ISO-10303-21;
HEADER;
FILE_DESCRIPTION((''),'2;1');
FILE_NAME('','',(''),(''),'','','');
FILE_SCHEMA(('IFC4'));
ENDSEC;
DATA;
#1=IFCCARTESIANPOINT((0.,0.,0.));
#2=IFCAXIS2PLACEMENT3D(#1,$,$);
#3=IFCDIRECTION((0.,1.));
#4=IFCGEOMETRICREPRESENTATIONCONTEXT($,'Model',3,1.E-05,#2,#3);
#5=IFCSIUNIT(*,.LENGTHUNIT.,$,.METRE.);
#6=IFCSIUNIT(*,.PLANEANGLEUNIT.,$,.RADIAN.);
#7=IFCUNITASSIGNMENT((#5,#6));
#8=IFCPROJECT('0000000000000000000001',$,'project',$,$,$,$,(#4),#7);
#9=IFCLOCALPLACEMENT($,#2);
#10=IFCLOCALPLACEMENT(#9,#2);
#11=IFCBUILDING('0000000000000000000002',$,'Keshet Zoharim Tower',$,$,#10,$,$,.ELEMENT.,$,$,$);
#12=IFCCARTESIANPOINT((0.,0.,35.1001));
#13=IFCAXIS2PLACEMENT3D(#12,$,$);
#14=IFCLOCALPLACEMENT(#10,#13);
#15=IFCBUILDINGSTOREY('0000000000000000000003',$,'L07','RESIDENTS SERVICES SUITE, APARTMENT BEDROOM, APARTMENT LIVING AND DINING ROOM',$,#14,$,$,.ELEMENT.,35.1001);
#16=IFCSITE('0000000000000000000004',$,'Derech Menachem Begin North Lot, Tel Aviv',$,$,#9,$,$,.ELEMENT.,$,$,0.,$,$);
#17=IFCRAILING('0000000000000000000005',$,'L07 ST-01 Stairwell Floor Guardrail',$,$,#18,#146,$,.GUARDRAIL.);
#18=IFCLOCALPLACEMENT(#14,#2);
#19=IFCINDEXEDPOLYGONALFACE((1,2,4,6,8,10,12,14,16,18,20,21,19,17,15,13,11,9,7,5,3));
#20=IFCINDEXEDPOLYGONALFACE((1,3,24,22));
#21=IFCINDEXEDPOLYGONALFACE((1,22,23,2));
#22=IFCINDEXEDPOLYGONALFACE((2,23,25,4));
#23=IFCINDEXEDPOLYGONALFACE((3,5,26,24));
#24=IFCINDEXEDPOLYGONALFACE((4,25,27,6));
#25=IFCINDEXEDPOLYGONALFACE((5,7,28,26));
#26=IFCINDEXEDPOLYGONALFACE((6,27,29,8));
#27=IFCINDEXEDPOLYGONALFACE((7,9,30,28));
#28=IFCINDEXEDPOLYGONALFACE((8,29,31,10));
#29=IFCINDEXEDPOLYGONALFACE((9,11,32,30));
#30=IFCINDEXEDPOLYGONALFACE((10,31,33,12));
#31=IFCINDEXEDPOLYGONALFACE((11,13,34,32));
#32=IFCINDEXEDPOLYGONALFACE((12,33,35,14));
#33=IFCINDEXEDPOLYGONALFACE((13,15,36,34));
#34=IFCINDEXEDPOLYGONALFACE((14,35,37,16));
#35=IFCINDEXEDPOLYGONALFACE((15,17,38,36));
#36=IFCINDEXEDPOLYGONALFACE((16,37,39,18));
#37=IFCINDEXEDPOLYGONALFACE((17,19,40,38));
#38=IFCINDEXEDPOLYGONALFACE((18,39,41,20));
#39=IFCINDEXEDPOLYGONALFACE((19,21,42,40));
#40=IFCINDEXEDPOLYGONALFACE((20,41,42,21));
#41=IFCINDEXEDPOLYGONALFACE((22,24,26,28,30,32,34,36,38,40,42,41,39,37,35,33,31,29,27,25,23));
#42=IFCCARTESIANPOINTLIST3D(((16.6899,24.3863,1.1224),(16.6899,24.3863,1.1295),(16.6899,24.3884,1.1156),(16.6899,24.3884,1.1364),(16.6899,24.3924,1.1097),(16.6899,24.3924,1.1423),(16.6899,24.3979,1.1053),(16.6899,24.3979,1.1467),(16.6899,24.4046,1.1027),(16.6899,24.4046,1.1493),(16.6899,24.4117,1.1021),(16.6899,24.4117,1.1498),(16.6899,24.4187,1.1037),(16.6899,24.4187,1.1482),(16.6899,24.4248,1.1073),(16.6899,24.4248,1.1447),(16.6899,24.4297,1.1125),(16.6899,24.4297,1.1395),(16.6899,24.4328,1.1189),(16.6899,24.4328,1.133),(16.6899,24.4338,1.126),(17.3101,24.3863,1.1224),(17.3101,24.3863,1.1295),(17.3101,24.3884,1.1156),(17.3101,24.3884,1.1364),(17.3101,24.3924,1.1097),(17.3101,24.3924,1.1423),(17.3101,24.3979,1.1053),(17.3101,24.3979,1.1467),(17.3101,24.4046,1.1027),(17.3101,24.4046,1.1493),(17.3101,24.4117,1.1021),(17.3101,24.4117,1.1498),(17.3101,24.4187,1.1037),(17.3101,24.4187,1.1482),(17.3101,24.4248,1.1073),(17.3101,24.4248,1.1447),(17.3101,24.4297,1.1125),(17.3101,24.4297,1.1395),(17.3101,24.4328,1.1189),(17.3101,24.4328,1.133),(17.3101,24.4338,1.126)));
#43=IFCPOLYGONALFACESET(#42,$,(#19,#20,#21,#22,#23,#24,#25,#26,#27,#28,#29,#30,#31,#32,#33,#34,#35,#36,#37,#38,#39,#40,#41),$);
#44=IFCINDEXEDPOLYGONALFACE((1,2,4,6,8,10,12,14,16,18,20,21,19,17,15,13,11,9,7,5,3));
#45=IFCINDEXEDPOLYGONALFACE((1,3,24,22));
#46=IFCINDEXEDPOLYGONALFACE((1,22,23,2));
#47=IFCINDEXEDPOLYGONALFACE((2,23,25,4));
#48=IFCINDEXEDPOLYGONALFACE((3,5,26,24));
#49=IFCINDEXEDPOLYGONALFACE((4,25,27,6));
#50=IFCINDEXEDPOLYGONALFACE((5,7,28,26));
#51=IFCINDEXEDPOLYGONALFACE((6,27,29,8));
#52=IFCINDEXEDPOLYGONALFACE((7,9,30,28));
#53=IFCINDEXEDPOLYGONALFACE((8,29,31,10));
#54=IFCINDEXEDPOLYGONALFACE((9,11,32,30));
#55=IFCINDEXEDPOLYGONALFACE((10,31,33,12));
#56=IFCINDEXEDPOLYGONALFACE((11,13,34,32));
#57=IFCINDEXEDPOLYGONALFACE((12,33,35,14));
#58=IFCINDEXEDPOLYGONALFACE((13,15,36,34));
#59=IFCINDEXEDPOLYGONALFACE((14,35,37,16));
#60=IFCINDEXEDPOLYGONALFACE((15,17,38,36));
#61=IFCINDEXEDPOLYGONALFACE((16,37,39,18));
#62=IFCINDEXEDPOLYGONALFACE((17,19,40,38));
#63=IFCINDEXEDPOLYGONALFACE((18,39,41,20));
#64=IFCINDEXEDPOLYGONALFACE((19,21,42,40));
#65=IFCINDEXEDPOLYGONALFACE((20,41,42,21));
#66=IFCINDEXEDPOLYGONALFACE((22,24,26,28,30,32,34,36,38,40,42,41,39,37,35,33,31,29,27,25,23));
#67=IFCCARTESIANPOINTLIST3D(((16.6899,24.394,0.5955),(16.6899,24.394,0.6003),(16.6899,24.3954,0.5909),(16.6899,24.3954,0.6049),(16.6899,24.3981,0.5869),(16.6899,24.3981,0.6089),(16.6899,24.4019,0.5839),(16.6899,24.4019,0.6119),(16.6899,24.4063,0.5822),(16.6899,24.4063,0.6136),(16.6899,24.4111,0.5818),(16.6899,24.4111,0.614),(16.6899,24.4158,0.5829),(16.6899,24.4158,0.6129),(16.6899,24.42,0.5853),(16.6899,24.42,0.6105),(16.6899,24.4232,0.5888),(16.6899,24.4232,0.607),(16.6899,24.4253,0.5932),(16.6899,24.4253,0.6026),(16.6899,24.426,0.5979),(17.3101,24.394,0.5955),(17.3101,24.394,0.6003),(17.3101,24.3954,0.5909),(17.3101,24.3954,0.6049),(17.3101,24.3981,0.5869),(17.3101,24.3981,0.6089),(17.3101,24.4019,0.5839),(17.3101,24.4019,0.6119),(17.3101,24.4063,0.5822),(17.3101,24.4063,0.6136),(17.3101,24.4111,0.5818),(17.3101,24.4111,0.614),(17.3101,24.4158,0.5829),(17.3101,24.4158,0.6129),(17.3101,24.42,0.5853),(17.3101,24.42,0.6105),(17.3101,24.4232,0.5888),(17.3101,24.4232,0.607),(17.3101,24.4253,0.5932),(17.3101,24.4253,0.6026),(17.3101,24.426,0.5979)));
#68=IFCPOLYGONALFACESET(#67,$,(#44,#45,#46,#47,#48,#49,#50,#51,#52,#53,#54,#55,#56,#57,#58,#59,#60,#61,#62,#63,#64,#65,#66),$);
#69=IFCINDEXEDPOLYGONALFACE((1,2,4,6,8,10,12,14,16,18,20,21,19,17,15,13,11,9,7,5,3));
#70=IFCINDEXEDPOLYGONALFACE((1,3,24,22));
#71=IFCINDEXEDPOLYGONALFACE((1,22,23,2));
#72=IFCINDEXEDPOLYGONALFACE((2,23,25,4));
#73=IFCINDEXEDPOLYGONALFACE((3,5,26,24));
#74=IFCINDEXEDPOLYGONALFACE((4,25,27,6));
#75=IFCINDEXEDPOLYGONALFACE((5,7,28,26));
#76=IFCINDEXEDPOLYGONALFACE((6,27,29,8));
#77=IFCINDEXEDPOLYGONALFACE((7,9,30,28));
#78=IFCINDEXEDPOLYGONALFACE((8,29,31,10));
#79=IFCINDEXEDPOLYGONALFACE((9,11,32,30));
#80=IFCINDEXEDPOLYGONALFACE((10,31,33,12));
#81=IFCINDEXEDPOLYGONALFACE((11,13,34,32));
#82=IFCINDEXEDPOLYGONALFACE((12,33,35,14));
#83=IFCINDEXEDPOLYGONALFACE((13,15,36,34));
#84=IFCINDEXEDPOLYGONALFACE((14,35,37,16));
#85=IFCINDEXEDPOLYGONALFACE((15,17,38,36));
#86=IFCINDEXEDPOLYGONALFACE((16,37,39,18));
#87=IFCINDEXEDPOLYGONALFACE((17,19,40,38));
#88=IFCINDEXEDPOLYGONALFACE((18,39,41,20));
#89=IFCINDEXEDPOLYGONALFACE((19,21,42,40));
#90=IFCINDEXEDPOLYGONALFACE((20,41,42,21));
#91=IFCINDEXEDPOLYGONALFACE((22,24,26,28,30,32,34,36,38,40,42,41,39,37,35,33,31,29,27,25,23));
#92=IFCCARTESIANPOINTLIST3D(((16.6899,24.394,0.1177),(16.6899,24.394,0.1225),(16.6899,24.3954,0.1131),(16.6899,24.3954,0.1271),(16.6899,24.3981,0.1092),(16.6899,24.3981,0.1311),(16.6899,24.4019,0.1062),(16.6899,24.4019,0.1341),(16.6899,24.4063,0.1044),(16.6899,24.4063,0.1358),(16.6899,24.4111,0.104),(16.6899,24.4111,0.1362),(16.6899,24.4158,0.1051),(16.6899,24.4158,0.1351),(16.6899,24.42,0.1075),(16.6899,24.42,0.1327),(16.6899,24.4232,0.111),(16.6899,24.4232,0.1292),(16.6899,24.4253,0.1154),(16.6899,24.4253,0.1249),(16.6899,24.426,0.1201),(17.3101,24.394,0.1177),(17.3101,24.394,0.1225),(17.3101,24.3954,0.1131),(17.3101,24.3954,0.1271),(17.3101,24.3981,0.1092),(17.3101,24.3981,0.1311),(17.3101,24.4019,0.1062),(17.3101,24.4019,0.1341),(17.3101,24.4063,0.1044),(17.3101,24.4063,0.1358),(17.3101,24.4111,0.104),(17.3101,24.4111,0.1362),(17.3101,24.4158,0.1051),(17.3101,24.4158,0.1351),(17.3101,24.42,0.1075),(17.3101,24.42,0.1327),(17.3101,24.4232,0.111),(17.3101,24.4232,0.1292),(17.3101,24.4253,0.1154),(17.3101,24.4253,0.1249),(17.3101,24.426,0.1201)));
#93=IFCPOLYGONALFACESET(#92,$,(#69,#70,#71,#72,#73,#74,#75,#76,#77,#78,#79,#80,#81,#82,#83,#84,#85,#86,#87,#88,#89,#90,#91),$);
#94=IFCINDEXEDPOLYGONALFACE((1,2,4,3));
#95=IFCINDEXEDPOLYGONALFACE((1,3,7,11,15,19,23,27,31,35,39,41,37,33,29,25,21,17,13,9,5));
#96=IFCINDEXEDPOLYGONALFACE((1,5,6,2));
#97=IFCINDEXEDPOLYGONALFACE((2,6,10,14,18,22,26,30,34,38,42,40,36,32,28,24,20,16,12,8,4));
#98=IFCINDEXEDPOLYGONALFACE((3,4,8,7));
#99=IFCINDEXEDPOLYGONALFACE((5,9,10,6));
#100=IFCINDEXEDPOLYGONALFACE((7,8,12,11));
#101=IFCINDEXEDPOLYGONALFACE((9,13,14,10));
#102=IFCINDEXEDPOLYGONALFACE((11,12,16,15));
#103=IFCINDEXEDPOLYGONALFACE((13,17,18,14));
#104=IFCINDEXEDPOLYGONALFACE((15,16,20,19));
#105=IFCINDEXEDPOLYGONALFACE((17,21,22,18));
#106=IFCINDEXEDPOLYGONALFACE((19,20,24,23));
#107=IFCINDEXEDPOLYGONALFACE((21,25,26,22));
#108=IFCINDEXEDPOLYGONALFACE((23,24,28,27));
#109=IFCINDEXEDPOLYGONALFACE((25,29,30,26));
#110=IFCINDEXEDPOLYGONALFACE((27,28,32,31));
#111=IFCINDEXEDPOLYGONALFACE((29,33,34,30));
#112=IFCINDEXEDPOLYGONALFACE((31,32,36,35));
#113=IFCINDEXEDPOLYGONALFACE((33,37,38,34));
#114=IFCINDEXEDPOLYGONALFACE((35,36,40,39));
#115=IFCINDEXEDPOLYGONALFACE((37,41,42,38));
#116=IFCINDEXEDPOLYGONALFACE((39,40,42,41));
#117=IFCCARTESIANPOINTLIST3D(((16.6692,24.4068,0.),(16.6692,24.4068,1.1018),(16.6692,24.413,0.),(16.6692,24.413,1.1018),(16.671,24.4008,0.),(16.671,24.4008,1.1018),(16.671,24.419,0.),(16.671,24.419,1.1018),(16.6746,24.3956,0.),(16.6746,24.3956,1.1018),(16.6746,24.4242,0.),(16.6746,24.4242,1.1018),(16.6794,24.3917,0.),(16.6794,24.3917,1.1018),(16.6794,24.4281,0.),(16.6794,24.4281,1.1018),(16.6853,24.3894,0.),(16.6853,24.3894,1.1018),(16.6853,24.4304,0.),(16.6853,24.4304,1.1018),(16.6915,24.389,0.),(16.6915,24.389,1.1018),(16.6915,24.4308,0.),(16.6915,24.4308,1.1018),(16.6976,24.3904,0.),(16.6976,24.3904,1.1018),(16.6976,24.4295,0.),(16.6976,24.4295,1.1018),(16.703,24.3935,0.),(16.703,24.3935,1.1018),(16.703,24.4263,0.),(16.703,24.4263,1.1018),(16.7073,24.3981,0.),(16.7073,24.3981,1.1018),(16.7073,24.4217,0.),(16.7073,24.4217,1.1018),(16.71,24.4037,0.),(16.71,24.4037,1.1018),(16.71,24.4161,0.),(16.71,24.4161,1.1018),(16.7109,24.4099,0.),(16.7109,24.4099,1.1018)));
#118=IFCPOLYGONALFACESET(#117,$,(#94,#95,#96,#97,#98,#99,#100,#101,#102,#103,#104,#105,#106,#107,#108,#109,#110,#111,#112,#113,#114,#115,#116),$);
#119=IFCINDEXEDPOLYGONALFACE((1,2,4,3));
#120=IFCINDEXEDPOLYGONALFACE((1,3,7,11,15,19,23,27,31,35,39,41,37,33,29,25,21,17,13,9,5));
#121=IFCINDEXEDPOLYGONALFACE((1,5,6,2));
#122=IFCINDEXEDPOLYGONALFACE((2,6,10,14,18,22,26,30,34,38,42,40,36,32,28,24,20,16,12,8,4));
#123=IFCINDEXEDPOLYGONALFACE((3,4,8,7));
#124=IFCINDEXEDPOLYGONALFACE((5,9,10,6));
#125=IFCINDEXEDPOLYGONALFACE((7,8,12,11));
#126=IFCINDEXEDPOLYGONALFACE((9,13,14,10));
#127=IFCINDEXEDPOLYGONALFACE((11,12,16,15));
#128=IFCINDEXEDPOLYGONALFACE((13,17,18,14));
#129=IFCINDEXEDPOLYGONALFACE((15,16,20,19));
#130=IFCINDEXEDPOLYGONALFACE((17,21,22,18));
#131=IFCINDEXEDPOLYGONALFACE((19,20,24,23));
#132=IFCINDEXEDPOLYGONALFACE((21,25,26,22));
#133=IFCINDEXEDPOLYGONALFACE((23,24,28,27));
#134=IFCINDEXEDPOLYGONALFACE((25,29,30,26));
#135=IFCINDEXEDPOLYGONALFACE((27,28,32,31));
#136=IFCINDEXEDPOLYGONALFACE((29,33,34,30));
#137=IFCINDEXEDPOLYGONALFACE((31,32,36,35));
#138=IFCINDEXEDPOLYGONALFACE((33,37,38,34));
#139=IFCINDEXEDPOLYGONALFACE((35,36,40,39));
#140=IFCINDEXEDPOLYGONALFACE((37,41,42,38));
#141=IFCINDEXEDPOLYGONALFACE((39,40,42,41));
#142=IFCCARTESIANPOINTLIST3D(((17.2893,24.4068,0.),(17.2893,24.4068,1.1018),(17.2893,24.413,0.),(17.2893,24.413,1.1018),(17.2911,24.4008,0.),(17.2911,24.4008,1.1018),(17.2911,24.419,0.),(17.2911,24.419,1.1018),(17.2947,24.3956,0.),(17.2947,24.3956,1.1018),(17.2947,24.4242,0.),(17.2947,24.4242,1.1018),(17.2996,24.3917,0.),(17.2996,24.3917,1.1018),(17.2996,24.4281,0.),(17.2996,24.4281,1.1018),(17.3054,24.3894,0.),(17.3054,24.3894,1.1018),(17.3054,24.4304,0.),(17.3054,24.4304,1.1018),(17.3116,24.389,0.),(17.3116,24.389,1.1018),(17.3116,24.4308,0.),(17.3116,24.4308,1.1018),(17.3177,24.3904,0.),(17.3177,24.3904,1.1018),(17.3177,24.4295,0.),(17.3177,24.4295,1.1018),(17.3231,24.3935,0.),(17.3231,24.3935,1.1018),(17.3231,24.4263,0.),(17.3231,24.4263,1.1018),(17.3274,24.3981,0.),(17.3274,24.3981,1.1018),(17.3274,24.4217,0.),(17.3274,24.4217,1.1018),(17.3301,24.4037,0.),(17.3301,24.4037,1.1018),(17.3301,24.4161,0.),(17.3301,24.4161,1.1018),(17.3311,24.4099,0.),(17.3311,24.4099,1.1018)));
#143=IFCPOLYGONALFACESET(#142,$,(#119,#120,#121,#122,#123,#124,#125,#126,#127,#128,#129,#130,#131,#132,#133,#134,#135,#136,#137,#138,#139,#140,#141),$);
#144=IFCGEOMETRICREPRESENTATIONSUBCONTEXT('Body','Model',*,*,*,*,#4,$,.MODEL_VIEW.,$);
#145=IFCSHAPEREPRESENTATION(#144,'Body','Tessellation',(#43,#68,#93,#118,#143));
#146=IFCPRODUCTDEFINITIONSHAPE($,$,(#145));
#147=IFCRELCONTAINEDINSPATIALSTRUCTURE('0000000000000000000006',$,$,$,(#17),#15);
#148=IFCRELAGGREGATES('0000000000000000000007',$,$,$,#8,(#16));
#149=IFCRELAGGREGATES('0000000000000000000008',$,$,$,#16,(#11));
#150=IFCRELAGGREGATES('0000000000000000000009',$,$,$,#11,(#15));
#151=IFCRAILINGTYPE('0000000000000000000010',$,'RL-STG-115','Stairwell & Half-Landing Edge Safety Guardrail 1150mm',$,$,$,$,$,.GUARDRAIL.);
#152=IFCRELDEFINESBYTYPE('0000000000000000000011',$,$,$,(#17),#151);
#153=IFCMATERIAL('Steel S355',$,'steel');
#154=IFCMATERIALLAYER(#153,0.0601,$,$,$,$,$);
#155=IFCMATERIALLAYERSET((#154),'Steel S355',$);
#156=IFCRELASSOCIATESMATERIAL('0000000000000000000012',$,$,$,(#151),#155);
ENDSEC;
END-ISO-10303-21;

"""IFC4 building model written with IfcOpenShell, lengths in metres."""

from ifc_helpers import new_model, si_unit, direction, frame, origin, origin_2d, place, context, subcontext, project, spatial, circle, extrude, material, layer, layer_set, type_object, element, save


model = new_model("IFC4")

# Units and contexts
model_context = context("Model", 3, precision=1e-05, world=origin(), true_north=direction((0.0, 1.0)))
body_context = subcontext(model_context, "Body", "Model", "MODEL_VIEW")
ifc_project = project(units=[si_unit("LENGTHUNIT", "METRE"), si_unit("PLANEANGLEUNIT", "RADIAN")], contexts=[model_context])

# Site, building, storey
site_placement = place(None, origin())
site = spatial("IfcSite", under=ifc_project, at=site_placement, Name="Derech Menachem Begin North Lot, Tel Aviv", CompositionType="ELEMENT", RefElevation=0.0)
building_placement = place(site_placement, origin())
building = spatial("IfcBuilding", under=site, at=building_placement, Name="Keshet Zoharim Tower", CompositionType="ELEMENT")
storey_placement = place(building_placement, frame((0.0, 0.0, 35.1001)))
storey = spatial("IfcBuildingStorey", under=building, at=storey_placement, Name="L07", Description="RESIDENTS SERVICES SUITE, APARTMENT BEDROOM, APARTMENT LIVING AND DINING ROOM", CompositionType="ELEMENT", Elevation=35.1001)

# Shared definitions
ifc_material_1 = material(Name="Steel S355", Category="steel")

# Railing
ifc_layer_1 = layer(ifc_material_1, 0.0601)
ifc_layer_set_1 = layer_set([ifc_layer_1], Name="Steel S355")
railing_type_1 = type_object("IfcRailingType", Name="RL-STG-115", Description="Stairwell & Half-Landing Edge Safety Guardrail 1150mm", PredefinedType="GUARDRAIL", material=ifc_layer_set_1)
railing_1_placement = place(storey_placement, frame((16.6899, 24.4099, 0.0)))
element("IfcRailing", 1, at=railing_1_placement, inside=storey, type_object=railing_type_1, Name="L07 ST-01 Stairwell Floor Guardrail", PredefinedType="GUARDRAIL", context=body_context, shape_type="SweptSolid", body=[
    extrude(circle(Radius=0.0239, at=origin_2d()), frame((0.0, 0.0, 1.126), z_axis=(1.0, 0.0, 0.0), x_axis=(0.0, 1.0, 0.0)), (0.0, 0.0, 1.0), 0.6201),
    extrude(circle(Radius=0.0161, at=origin_2d()), frame((0.0, 0.0, 0.5979), z_axis=(1.0, 0.0, 0.0), x_axis=(0.0, 1.0, 0.0)), (0.0, 0.0, 1.0), 0.6201),
    extrude(circle(Radius=0.0161, at=origin_2d()), frame((0.0, 0.0, 0.1201), z_axis=(1.0, 0.0, 0.0), x_axis=(0.0, 1.0, 0.0)), (0.0, 0.0, 1.0), 0.6201),
    extrude(circle(Radius=0.021, at=origin_2d()), origin(), (0.0, 0.0, 1.0), 1.1018),
    extrude(circle(Radius=0.021, at=origin_2d()), frame((0.6201, 0.0, 0.0)), (0.0, 0.0, 1.0), 1.1018),
])

save(model, "model.ifc")
